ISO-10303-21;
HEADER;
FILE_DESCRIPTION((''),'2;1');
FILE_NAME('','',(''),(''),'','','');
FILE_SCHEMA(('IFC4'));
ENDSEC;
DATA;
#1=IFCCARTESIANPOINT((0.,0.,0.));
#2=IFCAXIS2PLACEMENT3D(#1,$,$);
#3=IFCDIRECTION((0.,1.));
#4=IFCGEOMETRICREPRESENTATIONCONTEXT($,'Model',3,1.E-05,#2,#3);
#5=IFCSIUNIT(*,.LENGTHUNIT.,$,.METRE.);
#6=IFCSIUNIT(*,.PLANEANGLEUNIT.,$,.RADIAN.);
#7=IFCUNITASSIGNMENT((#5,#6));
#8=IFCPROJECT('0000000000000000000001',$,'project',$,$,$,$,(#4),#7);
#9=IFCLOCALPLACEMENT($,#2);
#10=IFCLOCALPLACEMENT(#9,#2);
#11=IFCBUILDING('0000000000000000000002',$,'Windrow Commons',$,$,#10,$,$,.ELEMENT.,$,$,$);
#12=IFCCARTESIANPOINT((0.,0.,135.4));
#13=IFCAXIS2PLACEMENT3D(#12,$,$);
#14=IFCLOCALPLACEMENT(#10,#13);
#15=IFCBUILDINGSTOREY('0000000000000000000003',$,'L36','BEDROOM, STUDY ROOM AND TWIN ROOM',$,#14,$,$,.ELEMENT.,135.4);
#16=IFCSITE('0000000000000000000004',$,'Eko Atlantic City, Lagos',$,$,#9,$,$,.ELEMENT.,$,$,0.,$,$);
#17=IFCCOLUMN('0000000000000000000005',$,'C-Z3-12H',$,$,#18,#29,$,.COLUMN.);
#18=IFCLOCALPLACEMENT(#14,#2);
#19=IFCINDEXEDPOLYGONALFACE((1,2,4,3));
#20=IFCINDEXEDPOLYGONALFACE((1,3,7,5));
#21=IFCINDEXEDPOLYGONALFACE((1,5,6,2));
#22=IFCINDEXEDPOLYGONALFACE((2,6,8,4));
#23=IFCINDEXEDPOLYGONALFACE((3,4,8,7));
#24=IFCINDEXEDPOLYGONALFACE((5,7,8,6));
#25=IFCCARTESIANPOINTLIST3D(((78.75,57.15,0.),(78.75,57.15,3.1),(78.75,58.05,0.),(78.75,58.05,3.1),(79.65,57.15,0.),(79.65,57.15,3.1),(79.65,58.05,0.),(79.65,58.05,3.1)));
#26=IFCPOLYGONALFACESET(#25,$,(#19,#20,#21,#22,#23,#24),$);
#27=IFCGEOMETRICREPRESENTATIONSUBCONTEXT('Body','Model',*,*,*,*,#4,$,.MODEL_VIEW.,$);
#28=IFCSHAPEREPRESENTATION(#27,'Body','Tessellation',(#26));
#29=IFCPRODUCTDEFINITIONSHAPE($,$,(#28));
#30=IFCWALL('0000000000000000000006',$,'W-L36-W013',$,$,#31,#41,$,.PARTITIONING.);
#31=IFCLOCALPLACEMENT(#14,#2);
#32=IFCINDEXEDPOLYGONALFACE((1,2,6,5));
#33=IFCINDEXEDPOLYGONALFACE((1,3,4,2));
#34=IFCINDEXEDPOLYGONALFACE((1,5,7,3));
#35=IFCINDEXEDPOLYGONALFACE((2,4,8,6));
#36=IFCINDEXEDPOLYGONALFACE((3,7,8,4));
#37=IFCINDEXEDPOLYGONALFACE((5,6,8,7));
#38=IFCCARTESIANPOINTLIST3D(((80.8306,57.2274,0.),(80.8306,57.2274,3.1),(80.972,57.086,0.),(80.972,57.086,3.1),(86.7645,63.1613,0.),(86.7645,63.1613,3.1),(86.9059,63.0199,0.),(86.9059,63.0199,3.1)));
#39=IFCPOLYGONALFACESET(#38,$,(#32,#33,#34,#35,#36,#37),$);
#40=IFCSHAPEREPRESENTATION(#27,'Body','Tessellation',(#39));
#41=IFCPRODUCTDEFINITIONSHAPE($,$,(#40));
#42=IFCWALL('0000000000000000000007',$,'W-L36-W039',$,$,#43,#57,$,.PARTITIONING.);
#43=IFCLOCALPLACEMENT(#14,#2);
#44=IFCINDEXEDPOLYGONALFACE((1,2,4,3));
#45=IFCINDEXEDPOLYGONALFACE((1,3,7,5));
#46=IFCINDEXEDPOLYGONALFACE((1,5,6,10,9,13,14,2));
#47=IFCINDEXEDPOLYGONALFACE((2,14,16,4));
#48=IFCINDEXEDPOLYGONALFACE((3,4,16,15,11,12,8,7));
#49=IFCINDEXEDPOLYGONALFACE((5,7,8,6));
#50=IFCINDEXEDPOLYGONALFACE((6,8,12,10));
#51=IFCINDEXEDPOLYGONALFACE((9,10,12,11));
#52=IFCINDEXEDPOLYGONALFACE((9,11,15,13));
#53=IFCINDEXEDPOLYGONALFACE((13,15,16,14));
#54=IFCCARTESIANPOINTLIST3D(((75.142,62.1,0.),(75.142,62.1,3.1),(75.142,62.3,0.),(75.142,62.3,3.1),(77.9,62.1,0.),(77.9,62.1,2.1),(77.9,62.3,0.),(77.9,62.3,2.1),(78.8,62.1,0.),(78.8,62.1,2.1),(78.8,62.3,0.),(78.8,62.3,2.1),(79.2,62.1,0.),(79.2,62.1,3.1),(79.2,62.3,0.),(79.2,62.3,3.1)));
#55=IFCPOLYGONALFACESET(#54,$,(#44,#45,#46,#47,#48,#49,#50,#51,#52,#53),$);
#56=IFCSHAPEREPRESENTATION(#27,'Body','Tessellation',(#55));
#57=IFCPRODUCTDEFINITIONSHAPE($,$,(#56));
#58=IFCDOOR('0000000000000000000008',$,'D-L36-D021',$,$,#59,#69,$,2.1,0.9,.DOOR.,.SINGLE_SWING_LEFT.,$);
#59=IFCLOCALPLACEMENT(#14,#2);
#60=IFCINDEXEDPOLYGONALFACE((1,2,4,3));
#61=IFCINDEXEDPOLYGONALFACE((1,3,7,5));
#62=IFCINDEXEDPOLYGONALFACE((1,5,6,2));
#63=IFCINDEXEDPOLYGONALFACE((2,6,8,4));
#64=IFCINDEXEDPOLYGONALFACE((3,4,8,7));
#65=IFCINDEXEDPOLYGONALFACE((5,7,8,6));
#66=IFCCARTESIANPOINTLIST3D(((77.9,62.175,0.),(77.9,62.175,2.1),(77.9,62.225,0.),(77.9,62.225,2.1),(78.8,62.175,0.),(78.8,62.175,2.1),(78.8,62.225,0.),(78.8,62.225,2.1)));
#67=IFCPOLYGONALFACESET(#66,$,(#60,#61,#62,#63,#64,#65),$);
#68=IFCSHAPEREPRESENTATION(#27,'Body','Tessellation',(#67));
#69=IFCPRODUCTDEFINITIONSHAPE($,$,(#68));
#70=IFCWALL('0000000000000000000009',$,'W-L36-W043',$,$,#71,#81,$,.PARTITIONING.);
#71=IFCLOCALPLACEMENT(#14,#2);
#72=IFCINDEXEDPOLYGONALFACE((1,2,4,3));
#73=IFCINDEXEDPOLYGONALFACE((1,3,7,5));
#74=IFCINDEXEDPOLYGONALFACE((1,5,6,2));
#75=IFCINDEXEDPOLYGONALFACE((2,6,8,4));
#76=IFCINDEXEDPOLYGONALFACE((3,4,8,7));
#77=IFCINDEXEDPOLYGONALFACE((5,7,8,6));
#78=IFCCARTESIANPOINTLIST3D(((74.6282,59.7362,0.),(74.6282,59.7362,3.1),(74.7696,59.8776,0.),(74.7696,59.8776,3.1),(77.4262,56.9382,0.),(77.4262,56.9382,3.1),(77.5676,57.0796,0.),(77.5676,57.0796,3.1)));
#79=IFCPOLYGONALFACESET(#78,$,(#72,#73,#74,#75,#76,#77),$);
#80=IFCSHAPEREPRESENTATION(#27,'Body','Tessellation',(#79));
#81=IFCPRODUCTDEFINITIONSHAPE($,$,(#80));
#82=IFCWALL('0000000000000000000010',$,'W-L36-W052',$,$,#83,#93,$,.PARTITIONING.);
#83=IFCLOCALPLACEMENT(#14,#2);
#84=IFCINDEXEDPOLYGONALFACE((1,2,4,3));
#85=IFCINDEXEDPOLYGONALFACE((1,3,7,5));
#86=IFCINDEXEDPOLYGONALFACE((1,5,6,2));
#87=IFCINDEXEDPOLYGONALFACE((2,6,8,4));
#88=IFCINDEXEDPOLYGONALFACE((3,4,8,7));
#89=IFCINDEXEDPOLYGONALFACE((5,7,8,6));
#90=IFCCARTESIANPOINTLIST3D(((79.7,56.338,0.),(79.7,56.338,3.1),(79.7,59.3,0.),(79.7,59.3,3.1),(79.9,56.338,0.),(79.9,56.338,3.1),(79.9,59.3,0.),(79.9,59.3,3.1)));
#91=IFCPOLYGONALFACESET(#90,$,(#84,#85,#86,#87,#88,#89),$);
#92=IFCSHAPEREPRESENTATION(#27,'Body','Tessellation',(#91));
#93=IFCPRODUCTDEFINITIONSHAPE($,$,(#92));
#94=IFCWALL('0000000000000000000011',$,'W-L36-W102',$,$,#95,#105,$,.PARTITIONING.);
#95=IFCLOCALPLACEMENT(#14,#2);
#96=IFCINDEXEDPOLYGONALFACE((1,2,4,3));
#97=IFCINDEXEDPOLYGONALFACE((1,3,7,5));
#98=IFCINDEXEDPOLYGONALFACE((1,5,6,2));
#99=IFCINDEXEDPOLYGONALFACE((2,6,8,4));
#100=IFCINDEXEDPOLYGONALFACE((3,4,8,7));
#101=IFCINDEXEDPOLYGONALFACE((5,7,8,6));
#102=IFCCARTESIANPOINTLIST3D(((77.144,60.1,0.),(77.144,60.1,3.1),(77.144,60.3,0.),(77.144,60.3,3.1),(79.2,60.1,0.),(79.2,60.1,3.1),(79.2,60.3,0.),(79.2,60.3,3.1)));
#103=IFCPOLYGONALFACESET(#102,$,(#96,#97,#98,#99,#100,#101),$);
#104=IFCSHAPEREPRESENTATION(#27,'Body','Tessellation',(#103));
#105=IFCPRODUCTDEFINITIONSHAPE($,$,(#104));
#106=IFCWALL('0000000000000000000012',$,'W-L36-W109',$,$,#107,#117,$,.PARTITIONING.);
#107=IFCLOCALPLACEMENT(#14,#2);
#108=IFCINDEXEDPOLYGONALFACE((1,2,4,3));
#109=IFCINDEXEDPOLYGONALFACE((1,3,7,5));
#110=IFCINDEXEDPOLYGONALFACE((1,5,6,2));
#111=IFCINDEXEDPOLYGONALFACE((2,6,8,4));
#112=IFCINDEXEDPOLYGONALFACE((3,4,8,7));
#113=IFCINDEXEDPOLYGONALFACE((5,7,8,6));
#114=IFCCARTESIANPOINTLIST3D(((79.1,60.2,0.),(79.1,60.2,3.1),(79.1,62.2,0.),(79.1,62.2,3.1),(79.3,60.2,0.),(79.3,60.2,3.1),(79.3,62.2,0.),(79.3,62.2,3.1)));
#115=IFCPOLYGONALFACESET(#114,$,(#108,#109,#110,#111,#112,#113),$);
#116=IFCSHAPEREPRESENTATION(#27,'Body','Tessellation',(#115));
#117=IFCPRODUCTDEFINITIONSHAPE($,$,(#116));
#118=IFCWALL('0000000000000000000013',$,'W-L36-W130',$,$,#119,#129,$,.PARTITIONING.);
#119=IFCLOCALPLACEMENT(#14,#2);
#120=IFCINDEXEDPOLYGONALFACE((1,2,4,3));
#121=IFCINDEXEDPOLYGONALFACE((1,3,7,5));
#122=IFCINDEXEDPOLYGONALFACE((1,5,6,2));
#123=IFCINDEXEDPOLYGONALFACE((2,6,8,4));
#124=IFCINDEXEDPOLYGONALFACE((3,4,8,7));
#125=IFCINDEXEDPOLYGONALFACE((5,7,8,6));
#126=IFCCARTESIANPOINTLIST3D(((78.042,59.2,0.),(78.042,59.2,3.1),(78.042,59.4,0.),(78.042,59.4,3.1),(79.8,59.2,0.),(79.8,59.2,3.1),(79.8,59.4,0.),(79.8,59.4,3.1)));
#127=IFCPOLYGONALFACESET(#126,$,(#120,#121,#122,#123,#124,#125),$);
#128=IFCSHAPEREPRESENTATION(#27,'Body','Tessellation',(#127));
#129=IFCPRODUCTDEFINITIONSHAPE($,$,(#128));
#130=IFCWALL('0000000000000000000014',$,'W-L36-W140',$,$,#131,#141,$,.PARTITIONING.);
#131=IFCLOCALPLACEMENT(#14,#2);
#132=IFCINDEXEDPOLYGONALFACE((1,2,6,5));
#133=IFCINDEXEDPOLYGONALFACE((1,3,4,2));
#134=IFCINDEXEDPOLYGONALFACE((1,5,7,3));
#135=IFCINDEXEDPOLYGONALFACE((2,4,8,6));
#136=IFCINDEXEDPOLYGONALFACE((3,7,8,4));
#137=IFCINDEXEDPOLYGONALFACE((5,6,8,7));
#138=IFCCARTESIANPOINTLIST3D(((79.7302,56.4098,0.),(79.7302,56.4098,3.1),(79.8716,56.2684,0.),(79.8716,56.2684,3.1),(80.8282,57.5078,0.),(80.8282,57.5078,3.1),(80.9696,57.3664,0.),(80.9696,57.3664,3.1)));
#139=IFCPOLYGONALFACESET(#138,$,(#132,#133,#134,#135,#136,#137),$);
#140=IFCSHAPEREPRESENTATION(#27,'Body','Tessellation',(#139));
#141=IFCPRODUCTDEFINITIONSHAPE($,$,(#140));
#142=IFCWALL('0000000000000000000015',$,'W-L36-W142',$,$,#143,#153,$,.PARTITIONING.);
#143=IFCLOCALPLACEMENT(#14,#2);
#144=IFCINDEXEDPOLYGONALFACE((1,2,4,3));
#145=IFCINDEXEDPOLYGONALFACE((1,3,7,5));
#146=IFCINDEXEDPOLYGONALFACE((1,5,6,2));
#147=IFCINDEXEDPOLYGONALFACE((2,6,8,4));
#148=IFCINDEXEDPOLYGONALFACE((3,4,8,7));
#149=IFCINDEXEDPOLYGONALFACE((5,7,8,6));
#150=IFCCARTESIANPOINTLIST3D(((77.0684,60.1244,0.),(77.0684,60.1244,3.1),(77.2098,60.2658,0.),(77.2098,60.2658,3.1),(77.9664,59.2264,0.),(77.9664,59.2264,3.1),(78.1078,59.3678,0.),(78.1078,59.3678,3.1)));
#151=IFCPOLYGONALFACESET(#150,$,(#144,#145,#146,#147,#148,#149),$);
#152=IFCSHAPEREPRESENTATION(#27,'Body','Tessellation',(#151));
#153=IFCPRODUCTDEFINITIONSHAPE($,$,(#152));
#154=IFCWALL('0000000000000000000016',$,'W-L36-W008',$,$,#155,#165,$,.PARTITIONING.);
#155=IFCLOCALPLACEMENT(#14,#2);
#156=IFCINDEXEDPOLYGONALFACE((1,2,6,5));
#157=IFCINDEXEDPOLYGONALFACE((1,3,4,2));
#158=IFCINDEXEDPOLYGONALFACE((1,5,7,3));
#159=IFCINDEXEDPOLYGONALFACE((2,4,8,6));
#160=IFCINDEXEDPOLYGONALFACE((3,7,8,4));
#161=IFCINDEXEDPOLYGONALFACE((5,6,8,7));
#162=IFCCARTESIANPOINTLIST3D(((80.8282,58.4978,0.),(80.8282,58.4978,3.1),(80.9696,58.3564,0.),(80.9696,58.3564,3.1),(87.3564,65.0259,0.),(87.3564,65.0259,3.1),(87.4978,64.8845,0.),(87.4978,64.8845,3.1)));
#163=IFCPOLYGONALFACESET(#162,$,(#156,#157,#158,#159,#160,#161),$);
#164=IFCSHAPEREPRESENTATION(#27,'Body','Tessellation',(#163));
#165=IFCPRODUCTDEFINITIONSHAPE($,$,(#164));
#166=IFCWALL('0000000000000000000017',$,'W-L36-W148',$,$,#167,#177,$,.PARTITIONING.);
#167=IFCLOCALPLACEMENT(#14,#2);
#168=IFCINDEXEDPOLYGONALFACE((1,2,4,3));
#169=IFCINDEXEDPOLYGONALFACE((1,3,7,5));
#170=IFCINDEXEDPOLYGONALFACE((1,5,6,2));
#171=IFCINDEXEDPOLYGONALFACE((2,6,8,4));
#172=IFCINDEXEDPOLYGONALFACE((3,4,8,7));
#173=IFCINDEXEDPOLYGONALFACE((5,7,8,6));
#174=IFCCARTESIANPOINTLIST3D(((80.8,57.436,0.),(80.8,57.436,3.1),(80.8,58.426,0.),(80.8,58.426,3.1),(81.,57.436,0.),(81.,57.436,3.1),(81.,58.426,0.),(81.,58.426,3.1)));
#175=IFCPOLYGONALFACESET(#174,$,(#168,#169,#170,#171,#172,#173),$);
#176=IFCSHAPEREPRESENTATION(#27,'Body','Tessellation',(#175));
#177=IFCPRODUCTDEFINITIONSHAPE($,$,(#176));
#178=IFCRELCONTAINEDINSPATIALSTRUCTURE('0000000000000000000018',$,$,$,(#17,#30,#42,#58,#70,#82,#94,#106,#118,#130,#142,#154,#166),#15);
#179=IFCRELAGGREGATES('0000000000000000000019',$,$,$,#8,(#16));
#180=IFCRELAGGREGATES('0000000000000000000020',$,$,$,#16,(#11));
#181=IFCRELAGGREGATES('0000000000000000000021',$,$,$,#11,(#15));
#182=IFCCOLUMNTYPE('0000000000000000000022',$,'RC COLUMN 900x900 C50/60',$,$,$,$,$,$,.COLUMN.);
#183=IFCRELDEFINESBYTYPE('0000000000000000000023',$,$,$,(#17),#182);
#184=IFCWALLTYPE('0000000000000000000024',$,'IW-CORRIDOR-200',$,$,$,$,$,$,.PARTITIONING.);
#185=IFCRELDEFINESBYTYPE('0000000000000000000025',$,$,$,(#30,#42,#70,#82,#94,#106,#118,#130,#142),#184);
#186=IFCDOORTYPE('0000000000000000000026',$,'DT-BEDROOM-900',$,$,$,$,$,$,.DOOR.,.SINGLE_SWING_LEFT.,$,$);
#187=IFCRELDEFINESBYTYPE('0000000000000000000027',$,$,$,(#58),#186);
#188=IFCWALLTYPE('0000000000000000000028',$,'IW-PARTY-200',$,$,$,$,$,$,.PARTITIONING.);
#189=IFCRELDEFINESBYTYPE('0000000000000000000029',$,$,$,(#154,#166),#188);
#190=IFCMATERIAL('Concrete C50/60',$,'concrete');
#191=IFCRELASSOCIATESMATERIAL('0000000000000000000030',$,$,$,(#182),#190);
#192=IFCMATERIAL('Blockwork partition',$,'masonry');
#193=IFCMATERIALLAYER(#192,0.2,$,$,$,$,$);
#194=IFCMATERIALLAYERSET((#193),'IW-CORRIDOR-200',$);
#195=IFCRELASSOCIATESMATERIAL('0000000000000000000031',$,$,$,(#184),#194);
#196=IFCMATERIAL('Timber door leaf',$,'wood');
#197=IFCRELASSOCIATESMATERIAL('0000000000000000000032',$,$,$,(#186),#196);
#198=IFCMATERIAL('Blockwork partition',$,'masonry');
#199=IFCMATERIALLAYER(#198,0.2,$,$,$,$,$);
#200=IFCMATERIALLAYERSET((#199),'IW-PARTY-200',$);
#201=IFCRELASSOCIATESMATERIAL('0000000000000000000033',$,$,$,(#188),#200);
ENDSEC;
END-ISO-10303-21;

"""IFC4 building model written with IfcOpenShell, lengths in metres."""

from ifc_helpers import new_model, si_unit, direction, frame, frame_2d, origin, origin_2d, place, context, subcontext, project, spatial, rectangle, extrude, material, layer, layer_set, material_profile, profile_set, type_object, element, fill, save


model = new_model("IFC4")

# Units and contexts
model_context = context("Model", 3, precision=1e-05, world=origin(), true_north=direction((0.0, 1.0)))
body_context = subcontext(model_context, "Body", "Model", "MODEL_VIEW")
ifc_project = project(units=[si_unit("LENGTHUNIT", "METRE"), si_unit("PLANEANGLEUNIT", "RADIAN")], contexts=[model_context])

# Site, building, storey
site_placement = place(None, origin())
site = spatial("IfcSite", under=ifc_project, at=site_placement, Name="Eko Atlantic City, Lagos", CompositionType="ELEMENT", RefElevation=0.0)
building_placement = place(site_placement, origin())
building = spatial("IfcBuilding", under=site, at=building_placement, Name="Windrow Commons", CompositionType="ELEMENT")
storey_placement = place(building_placement, frame((0.0, 0.0, 135.4)))
storey = spatial("IfcBuildingStorey", under=building, at=storey_placement, Name="L36", Description="BEDROOM, STUDY ROOM AND TWIN ROOM", CompositionType="ELEMENT", Elevation=135.4)

# Column
ifc_material_1 = material(Name="Concrete C50/60", Category="concrete")
ifc_material_profile = material_profile(ifc_material_1, rectangle(XDim=0.9, YDim=0.9, at=origin_2d()))
ifc_profile_set = profile_set([ifc_material_profile], Name="Concrete C50/60")
column_type = type_object("IfcColumnType", Name="RC COLUMN 900x900 C50/60", PredefinedType="COLUMN", material=ifc_profile_set)
column_placement = place(storey_placement, frame((79.2, 57.6, 0.0), z_axis=(0.0, 0.0, 1.0), x_axis=(1.0, 0.0, 0.0)))
element("IfcColumn", 1, at=column_placement, inside=storey, type_object=column_type, Name="C-Z3-12H", PredefinedType="COLUMN", context=body_context, shape_type="SweptSolid", body=[
    extrude(rectangle(XDim=0.9, YDim=0.9, at=origin_2d()), origin(), (0.0, 0.0, 1.0), 3.1),
])

# Wall
ifc_material_2 = material(Name="Blockwork partition", Category="masonry")
ifc_layer_1 = layer(ifc_material_2, 0.2)
ifc_layer_set_1 = layer_set([ifc_layer_1], Name="IW-CORRIDOR-200")
wall_type_1 = type_object("IfcWallType", Name="IW-CORRIDOR-200", PredefinedType="PARTITIONING", material=ifc_layer_set_1)
wall_1_placement = place(storey_placement, frame((80.9013, 57.1567, 0.0), z_axis=(0.0, 0.0, 1.0), x_axis=(0.707107, 0.707107, 0.0)))
element("IfcWall", 2, at=wall_1_placement, inside=storey, type_object=wall_type_1, Name="W-L36-W013", PredefinedType="PARTITIONING", context=body_context, shape_type="SweptSolid", body=[
    extrude(rectangle(XDim=8.3919, YDim=0.2, at=frame_2d((4.1959, 0.0))), origin(), (0.0, 0.0, 1.0), 3.1),
])

# Wall, opening, door
wall_2_placement = place(storey_placement, frame((75.142, 62.2, 0.0), z_axis=(0.0, 0.0, 1.0), x_axis=(1.0, 0.0, 0.0)))
wall_2 = element("IfcWall", 3, at=wall_2_placement, inside=storey, type_object=wall_type_1, Name="W-L36-W039", PredefinedType="PARTITIONING", context=body_context, shape_type="SweptSolid", body=[
    extrude(rectangle(XDim=4.058, YDim=0.2, at=frame_2d((2.029, 0.0))), origin(), (0.0, 0.0, 1.0), 3.1),
])
opening_placement = place(wall_2_placement, frame((2.758, 0.0, 0.0)))
opening = element("IfcOpeningElement", 4, at=opening_placement, cuts=wall_2, PredefinedType="OPENING", context=body_context, shape_type="SweptSolid", body=[
    extrude(rectangle(XDim=0.9, YDim=2.1, at=frame_2d((0.45, 1.05))), frame((0.0, 0.11, 0.0), z_axis=(0.0, -1.0, 0.0), x_axis=(1.0, 0.0, 0.0)), (0.0, 0.0, 1.0), 0.22),
])
ifc_material_3 = material(Name="Timber door leaf", Category="wood")
door_type = type_object("IfcDoorType", Name="DT-BEDROOM-900", OperationType="SINGLE_SWING_LEFT", PredefinedType="DOOR", material=ifc_material_3)
door_placement = place(opening_placement, origin())
door = element("IfcDoor", 5, at=door_placement, inside=storey, type_object=door_type, Name="D-L36-D021", OperationType="SINGLE_SWING_LEFT", OverallHeight=2.1, OverallWidth=0.9, PredefinedType="DOOR", context=body_context, shape_type="SweptSolid", body=[
    extrude(rectangle(XDim=0.9, YDim=2.1, at=frame_2d((0.45, 1.05))), frame((0.0, 0.025, 0.0), z_axis=(0.0, -1.0, 0.0), x_axis=(1.0, 0.0, 0.0)), (0.0, 0.0, 1.0), 0.05),
])
fill(opening, door)

# Walls
wall_3_placement = place(storey_placement, frame((74.6989, 59.8069, 0.0), z_axis=(0.0, 0.0, 1.0), x_axis=(0.707107, -0.707107, 0.0)))
element("IfcWall", 6, at=wall_3_placement, inside=storey, type_object=wall_type_1, Name="W-L36-W043", PredefinedType="PARTITIONING", context=body_context, shape_type="SweptSolid", body=[
    extrude(rectangle(XDim=3.957, YDim=0.2, at=frame_2d((1.9785, 0.0))), origin(), (0.0, 0.0, 1.0), 3.1),
])
wall_4_placement = place(storey_placement, frame((79.8, 56.338, 0.0), z_axis=(0.0, 0.0, 1.0), x_axis=(0.0, 1.0, 0.0)))
element("IfcWall", 7, at=wall_4_placement, inside=storey, type_object=wall_type_1, Name="W-L36-W052", PredefinedType="PARTITIONING", context=body_context, shape_type="SweptSolid", body=[
    extrude(rectangle(XDim=2.962, YDim=0.2, at=frame_2d((1.481, 0.0))), origin(), (0.0, 0.0, 1.0), 3.1),
])
wall_5_placement = place(storey_placement, frame((77.144, 60.2, 0.0), z_axis=(0.0, 0.0, 1.0), x_axis=(1.0, 0.0, 0.0)))
element("IfcWall", 8, at=wall_5_placement, inside=storey, type_object=wall_type_1, Name="W-L36-W102", PredefinedType="PARTITIONING", context=body_context, shape_type="SweptSolid", body=[
    extrude(rectangle(XDim=2.056, YDim=0.2, at=frame_2d((1.028, 0.0))), origin(), (0.0, 0.0, 1.0), 3.1),
])
wall_6_placement = place(storey_placement, frame((79.2, 60.2, 0.0), z_axis=(0.0, 0.0, 1.0), x_axis=(0.0, 1.0, 0.0)))
element("IfcWall", 9, at=wall_6_placement, inside=storey, type_object=wall_type_1, Name="W-L36-W109", PredefinedType="PARTITIONING", context=body_context, shape_type="SweptSolid", body=[
    extrude(rectangle(XDim=2.0, YDim=0.2, at=frame_2d((1.0, 0.0))), origin(), (0.0, 0.0, 1.0), 3.1),
])
wall_7_placement = place(storey_placement, frame((78.042, 59.3, 0.0), z_axis=(0.0, 0.0, 1.0), x_axis=(1.0, 0.0, 0.0)))
element("IfcWall", 10, at=wall_7_placement, inside=storey, type_object=wall_type_1, Name="W-L36-W130", PredefinedType="PARTITIONING", context=body_context, shape_type="SweptSolid", body=[
    extrude(rectangle(XDim=1.758, YDim=0.2, at=frame_2d((0.879, 0.0))), origin(), (0.0, 0.0, 1.0), 3.1),
])
wall_8_placement = place(storey_placement, frame((79.8009, 56.3391, 0.0), z_axis=(0.0, 0.0, 1.0), x_axis=(0.707107, 0.707107, 0.0)))
element("IfcWall", 11, at=wall_8_placement, inside=storey, type_object=wall_type_1, Name="W-L36-W140", PredefinedType="PARTITIONING", context=body_context, shape_type="SweptSolid", body=[
    extrude(rectangle(XDim=1.5528, YDim=0.2, at=frame_2d((0.7764, 0.0))), origin(), (0.0, 0.0, 1.0), 3.1),
])
wall_9_placement = place(storey_placement, frame((77.1391, 60.1951, 0.0), z_axis=(0.0, 0.0, 1.0), x_axis=(0.707107, -0.707107, 0.0)))
element("IfcWall", 12, at=wall_9_placement, inside=storey, type_object=wall_type_1, Name="W-L36-W142", PredefinedType="PARTITIONING", context=body_context, shape_type="SweptSolid", body=[
    extrude(rectangle(XDim=1.27, YDim=0.2, at=frame_2d((0.635, 0.0))), origin(), (0.0, 0.0, 1.0), 3.1),
])
ifc_material_4 = material(Name="Blockwork partition", Category="masonry")
ifc_layer_2 = layer(ifc_material_4, 0.2)
ifc_layer_set_2 = layer_set([ifc_layer_2], Name="IW-PARTY-200")
wall_type_2 = type_object("IfcWallType", Name="IW-PARTY-200", PredefinedType="PARTITIONING", material=ifc_layer_set_2)
wall_10_placement = place(storey_placement, frame((80.8989, 58.4271, 0.0), z_axis=(0.0, 0.0, 1.0), x_axis=(0.707112, 0.707101, 0.0)))
element("IfcWall", 13, at=wall_10_placement, inside=storey, type_object=wall_type_2, Name="W-L36-W008", PredefinedType="PARTITIONING", context=body_context, shape_type="SweptSolid", body=[
    extrude(rectangle(XDim=9.2322, YDim=0.2, at=frame_2d((4.6161, 0.0))), origin(), (0.0, 0.0, 1.0), 3.1),
])
wall_11_placement = place(storey_placement, frame((80.9, 57.436, 0.0), z_axis=(0.0, 0.0, 1.0), x_axis=(0.0, 1.0, 0.0)))
element("IfcWall", 14, at=wall_11_placement, inside=storey, type_object=wall_type_2, Name="W-L36-W148", PredefinedType="PARTITIONING", context=body_context, shape_type="SweptSolid", body=[
    extrude(rectangle(XDim=0.99, YDim=0.2, at=frame_2d((0.495, 0.0))), origin(), (0.0, 0.0, 1.0), 3.1),
])

save(model, "model.ifc")
